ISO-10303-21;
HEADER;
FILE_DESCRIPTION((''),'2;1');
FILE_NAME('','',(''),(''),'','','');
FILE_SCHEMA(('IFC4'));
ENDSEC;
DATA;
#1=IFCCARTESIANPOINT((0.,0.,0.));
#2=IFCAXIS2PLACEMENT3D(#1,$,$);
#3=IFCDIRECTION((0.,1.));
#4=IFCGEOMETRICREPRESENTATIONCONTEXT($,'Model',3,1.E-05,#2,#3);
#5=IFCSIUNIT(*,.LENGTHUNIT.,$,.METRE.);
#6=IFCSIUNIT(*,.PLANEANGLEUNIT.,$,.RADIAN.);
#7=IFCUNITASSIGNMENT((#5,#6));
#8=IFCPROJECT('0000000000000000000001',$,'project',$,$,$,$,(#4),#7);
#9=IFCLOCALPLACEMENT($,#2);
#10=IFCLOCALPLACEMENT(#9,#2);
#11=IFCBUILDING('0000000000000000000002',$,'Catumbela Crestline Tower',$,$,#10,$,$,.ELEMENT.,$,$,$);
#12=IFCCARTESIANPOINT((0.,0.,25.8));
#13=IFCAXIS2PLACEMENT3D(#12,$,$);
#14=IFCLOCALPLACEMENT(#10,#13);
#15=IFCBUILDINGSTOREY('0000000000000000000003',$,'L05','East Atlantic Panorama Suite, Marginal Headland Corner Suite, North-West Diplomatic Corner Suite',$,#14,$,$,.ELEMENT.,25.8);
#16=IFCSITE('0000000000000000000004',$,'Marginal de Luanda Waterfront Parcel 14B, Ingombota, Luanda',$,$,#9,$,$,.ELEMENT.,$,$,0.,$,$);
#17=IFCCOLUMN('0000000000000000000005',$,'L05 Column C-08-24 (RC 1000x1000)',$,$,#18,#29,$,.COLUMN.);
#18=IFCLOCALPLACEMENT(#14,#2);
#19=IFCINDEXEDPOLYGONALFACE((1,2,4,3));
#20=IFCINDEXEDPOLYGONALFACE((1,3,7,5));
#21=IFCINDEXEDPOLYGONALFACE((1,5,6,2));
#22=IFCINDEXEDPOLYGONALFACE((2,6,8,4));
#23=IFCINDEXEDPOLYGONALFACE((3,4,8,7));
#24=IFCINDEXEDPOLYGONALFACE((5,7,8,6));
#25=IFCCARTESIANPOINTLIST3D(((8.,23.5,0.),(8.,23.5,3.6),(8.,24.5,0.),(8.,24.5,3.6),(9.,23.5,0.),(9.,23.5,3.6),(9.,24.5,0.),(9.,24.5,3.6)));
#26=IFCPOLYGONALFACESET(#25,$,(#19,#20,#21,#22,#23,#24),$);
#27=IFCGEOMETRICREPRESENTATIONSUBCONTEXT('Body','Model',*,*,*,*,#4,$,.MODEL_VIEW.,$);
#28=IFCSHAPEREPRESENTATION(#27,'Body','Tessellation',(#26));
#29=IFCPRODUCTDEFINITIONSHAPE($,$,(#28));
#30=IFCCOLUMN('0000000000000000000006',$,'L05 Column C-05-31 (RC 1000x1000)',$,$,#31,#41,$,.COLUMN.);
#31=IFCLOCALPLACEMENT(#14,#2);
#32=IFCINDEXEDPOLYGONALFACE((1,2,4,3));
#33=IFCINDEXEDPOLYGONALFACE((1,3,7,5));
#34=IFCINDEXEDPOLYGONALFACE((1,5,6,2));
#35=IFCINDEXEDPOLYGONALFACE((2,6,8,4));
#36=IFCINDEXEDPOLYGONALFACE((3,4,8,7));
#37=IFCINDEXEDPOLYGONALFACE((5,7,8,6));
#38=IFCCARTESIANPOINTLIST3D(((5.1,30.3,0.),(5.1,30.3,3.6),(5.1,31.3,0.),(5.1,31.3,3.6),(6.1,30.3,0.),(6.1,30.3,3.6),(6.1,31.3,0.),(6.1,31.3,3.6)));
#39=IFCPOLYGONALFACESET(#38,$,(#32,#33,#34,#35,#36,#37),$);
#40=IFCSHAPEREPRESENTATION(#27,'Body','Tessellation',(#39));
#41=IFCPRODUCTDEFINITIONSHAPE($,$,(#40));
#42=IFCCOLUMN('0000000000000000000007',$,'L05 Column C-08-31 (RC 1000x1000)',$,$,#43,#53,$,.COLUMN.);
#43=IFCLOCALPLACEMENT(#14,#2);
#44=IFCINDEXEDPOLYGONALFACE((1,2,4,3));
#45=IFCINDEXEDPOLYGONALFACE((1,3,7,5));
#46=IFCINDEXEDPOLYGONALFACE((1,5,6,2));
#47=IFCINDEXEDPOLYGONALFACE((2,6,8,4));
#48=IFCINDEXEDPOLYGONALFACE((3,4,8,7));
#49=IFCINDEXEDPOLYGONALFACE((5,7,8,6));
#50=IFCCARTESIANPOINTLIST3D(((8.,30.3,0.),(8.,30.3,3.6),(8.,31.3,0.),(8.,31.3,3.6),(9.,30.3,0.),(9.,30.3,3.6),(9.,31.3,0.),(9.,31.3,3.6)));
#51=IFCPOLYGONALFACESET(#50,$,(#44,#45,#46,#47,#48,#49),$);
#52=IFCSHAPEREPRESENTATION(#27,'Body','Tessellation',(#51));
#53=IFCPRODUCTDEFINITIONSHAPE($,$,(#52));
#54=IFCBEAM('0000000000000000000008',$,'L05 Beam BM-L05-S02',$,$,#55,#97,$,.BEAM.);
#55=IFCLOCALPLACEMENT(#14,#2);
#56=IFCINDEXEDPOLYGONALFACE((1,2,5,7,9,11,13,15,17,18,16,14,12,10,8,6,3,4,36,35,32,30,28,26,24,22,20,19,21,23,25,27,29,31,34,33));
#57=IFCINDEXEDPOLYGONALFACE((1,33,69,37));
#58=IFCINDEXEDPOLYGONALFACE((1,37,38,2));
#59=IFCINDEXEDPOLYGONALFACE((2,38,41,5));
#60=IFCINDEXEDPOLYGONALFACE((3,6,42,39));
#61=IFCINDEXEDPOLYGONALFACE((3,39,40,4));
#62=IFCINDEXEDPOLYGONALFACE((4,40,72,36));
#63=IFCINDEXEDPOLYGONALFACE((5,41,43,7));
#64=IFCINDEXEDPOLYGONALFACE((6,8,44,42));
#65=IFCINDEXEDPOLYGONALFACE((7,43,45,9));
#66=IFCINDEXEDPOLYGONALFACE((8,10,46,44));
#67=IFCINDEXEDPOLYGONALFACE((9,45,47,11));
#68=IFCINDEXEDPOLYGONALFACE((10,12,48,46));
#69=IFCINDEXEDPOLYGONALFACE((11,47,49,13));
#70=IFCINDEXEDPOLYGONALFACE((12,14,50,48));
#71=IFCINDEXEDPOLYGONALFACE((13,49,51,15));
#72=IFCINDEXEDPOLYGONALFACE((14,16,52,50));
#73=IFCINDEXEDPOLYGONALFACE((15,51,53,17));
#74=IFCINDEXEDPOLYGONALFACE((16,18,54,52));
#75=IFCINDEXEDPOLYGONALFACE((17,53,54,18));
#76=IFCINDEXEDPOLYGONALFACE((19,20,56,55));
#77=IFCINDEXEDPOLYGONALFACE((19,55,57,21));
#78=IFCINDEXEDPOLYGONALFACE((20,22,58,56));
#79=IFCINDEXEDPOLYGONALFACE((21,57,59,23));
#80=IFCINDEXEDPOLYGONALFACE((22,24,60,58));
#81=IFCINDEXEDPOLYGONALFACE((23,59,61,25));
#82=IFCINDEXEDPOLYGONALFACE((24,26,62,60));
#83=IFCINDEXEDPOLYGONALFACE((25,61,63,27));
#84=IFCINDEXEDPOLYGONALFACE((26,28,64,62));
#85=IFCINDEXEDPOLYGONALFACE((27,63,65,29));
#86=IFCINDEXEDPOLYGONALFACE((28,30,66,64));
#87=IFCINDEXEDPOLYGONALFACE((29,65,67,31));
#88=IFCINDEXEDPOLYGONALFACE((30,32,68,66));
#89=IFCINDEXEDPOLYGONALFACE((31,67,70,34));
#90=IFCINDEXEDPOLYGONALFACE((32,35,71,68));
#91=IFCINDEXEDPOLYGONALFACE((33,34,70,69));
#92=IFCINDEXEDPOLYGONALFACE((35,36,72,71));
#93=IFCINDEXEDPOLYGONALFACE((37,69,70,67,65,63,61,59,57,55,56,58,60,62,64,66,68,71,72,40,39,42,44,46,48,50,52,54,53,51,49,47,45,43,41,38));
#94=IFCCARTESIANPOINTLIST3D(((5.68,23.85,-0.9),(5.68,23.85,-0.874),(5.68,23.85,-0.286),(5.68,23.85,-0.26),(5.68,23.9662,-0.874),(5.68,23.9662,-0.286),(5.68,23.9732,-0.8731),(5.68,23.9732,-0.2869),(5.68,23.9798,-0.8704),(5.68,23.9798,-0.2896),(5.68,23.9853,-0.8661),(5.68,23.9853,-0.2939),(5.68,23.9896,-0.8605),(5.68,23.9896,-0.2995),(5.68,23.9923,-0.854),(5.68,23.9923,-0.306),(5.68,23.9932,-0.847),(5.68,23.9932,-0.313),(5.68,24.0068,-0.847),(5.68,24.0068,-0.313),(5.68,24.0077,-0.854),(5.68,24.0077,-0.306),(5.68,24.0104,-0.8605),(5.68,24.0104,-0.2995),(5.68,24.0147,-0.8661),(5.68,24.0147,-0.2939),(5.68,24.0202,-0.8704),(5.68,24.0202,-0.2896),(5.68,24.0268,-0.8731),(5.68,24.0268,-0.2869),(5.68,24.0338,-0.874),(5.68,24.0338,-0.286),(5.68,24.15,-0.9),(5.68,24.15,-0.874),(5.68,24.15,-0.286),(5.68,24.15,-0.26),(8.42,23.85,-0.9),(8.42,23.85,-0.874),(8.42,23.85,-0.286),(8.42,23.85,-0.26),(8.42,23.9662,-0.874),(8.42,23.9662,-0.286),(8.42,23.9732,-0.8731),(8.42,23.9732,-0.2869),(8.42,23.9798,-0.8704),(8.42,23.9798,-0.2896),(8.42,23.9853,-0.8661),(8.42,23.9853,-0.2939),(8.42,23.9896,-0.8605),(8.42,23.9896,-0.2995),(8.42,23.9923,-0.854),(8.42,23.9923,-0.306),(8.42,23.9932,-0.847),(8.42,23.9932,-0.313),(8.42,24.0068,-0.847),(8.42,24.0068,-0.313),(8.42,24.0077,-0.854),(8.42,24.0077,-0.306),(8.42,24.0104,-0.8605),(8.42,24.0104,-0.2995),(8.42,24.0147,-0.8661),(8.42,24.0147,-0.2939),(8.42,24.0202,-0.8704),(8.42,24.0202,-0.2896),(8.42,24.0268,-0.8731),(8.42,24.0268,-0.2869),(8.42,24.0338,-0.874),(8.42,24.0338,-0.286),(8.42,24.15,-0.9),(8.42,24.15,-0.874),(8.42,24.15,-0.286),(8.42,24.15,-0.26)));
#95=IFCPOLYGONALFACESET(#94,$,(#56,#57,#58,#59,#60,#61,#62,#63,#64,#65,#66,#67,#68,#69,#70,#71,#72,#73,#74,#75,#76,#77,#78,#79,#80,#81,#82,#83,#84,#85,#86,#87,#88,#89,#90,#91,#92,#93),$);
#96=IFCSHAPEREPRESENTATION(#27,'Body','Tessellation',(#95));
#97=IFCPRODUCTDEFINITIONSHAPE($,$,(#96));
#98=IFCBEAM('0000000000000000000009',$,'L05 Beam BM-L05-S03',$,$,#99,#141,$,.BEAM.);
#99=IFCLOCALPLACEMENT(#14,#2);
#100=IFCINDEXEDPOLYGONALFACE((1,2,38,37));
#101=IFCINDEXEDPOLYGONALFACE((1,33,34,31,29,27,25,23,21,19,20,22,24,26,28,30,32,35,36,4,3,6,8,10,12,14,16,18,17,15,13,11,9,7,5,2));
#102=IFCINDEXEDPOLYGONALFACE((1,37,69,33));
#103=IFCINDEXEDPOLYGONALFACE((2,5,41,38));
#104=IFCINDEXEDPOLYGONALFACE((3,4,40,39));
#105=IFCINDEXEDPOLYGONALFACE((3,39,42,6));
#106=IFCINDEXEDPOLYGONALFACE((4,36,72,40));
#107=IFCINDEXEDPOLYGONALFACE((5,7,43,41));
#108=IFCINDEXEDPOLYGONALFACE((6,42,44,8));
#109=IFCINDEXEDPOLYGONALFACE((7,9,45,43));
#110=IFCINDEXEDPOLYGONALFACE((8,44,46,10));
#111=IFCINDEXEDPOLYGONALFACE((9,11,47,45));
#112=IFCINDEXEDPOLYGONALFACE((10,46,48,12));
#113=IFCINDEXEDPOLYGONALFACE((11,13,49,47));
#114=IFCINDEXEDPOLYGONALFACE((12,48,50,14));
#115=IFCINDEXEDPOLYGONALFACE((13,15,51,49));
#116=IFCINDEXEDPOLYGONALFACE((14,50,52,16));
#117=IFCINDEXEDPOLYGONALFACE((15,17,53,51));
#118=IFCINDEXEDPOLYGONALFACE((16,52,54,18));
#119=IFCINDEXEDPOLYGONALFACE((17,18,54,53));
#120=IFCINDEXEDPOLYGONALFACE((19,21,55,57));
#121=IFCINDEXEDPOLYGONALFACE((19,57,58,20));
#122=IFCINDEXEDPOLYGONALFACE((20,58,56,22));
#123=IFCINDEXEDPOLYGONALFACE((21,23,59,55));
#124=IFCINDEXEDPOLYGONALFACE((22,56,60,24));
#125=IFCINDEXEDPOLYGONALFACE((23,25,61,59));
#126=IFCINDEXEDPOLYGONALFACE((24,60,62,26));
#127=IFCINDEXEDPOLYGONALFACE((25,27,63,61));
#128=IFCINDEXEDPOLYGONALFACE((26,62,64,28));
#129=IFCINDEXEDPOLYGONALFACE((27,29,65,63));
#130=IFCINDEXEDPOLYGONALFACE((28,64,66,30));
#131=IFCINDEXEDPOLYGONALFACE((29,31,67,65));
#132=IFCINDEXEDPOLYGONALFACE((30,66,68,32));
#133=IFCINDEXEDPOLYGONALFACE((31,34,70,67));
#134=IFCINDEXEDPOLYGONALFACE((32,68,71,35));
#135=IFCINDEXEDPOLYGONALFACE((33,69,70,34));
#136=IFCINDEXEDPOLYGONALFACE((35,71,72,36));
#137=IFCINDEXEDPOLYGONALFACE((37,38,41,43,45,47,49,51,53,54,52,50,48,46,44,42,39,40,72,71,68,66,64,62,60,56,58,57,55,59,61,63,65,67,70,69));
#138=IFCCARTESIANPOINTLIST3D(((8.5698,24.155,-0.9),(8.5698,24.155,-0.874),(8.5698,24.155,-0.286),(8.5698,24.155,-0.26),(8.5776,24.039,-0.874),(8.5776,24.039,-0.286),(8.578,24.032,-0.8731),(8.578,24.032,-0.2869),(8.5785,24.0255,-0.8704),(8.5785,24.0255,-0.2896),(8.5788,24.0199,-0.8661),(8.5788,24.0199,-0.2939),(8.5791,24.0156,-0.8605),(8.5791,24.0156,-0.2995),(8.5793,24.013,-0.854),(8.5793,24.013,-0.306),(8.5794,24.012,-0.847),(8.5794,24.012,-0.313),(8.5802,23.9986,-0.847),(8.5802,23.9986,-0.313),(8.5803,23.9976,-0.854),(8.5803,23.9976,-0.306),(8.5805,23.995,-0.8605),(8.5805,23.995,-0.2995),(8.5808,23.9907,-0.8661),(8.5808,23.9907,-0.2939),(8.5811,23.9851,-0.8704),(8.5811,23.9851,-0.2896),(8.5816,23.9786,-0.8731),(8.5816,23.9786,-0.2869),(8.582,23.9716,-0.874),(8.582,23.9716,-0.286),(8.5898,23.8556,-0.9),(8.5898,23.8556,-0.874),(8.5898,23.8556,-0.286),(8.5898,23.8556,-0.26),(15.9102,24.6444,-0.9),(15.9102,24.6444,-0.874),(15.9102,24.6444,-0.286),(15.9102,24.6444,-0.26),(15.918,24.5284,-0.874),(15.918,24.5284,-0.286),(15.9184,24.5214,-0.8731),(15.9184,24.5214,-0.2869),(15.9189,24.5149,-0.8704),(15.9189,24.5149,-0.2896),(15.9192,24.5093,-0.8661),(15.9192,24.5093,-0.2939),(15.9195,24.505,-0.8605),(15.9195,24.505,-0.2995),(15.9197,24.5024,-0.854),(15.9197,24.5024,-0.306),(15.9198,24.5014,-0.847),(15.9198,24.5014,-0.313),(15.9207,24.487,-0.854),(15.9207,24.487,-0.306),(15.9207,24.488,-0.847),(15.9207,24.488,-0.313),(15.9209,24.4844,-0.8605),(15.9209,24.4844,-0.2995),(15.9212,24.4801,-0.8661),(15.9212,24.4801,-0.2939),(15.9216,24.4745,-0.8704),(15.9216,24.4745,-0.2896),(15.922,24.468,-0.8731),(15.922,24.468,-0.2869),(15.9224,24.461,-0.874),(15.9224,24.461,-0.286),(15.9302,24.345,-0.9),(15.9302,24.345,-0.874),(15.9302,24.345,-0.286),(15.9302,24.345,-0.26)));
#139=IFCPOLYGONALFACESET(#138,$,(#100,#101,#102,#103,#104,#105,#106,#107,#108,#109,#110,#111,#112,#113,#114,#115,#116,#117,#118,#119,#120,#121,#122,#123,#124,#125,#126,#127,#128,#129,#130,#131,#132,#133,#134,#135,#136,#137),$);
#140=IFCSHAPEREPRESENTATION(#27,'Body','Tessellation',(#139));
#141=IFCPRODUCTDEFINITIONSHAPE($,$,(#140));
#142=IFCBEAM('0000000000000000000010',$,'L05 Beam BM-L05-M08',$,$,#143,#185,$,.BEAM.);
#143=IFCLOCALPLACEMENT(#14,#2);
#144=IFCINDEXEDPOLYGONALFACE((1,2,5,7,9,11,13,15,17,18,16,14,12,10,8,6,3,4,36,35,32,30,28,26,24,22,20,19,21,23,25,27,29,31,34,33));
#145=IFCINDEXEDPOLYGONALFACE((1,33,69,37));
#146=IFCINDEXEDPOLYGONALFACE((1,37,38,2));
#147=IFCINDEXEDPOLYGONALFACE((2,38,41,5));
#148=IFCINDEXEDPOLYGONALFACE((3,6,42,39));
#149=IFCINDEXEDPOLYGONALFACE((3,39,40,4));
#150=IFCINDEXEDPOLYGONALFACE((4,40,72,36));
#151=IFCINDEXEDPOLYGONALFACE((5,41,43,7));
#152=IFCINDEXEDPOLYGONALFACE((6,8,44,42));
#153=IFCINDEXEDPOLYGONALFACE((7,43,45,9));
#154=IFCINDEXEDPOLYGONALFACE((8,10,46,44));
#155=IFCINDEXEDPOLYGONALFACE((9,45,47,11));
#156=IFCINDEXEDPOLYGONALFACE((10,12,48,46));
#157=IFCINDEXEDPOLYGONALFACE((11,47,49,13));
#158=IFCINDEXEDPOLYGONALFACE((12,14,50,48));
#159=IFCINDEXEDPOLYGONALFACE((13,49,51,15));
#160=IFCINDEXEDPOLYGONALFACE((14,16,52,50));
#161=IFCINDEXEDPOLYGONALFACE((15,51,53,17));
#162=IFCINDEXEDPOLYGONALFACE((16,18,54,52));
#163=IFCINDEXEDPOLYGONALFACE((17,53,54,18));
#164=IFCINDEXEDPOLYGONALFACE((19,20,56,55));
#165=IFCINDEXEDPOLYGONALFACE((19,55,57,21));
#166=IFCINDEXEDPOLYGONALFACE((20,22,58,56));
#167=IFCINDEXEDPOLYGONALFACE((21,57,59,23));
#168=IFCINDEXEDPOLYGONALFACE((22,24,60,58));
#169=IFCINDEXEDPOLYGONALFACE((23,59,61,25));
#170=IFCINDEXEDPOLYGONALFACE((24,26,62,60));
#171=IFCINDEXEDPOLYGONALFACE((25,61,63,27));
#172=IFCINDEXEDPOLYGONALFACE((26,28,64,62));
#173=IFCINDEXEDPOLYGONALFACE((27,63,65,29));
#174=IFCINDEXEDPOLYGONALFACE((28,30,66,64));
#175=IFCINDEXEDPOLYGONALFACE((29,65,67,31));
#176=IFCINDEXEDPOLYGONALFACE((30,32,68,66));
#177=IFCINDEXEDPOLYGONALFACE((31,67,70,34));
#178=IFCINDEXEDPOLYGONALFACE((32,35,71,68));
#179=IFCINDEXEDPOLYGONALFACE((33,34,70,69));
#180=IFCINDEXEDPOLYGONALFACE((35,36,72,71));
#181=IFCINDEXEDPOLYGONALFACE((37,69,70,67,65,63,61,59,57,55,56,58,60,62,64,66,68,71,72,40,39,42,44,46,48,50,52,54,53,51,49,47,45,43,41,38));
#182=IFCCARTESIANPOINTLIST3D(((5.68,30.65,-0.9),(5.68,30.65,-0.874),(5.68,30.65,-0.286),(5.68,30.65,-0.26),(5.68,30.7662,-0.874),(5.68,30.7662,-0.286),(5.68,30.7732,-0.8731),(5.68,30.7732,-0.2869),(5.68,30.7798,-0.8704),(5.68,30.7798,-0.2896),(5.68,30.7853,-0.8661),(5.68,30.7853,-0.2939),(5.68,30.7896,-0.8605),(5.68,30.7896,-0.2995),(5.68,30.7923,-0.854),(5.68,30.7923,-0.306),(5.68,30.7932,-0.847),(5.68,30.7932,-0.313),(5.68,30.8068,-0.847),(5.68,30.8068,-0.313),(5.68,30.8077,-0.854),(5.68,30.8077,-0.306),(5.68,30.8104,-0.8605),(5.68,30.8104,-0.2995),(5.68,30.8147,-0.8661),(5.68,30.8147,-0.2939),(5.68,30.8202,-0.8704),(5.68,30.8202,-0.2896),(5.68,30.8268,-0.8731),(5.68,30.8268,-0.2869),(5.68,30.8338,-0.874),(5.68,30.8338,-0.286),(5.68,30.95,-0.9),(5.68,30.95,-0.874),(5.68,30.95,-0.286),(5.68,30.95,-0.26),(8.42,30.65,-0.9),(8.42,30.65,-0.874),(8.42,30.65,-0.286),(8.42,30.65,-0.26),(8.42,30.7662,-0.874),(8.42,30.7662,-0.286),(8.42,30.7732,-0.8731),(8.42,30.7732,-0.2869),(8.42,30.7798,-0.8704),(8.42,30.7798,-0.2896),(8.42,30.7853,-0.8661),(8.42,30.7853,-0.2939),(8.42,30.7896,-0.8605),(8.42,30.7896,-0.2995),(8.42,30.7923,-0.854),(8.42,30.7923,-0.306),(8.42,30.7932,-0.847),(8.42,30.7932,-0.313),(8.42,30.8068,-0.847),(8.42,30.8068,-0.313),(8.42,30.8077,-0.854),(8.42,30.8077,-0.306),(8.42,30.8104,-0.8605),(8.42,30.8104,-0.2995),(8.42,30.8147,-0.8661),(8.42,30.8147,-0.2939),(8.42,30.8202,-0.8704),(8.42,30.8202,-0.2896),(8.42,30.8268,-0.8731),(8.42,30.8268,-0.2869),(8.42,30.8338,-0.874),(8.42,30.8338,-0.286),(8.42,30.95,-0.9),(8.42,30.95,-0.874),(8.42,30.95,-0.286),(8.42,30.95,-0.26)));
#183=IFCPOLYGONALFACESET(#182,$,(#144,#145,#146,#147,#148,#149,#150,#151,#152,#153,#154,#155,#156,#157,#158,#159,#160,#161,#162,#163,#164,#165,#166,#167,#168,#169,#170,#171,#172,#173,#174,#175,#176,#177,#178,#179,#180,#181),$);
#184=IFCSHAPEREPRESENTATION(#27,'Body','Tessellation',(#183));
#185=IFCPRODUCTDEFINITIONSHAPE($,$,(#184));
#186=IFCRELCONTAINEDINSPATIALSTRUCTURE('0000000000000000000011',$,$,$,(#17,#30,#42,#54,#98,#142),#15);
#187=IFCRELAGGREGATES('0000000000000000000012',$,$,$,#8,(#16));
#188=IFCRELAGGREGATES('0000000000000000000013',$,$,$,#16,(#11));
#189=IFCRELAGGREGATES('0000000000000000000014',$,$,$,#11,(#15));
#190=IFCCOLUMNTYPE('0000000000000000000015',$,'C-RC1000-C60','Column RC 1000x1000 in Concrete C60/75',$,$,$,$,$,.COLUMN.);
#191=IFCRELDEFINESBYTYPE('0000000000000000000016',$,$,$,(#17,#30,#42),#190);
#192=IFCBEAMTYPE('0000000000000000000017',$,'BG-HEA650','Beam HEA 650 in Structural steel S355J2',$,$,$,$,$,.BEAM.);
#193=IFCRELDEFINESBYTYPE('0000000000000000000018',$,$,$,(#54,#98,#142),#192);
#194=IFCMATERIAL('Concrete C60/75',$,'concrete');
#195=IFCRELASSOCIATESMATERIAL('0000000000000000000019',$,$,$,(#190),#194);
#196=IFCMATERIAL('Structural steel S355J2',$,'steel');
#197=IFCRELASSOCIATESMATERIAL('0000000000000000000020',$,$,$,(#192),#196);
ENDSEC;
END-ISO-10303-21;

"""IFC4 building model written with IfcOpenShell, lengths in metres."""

from ifc_helpers import new_model, si_unit, direction, frame, origin, origin_2d, place, context, subcontext, project, spatial, rectangle, i_section, extrude, material, material_profile, profile_set, type_object, element, save


model = new_model("IFC4")

# Units and contexts
model_context = context("Model", 3, precision=1e-05, world=origin(), true_north=direction((0.0, 1.0)))
body_context = subcontext(model_context, "Body", "Model", "MODEL_VIEW")
ifc_project = project(units=[si_unit("LENGTHUNIT", "METRE"), si_unit("PLANEANGLEUNIT", "RADIAN")], contexts=[model_context])

# Site, building, storey
site_placement = place(None, origin())
site = spatial("IfcSite", under=ifc_project, at=site_placement, Name="Marginal de Luanda Waterfront Parcel 14B, Ingombota, Luanda", CompositionType="ELEMENT", RefElevation=0.0)
building_placement = place(site_placement, origin())
building = spatial("IfcBuilding", under=site, at=building_placement, Name="Catumbela Crestline Tower", CompositionType="ELEMENT")
storey_placement = place(building_placement, frame((0.0, 0.0, 25.8)))
storey = spatial("IfcBuildingStorey", under=building, at=storey_placement, Name="L05", Description="East Atlantic Panorama Suite, Marginal Headland Corner Suite, North-West Diplomatic Corner Suite", CompositionType="ELEMENT", Elevation=25.8)

# Columns
ifc_material_1 = material(Name="Concrete C60/75", Category="concrete")
ifc_material_profile_1 = material_profile(ifc_material_1, rectangle(XDim=1.0, YDim=1.0, at=origin_2d()), Name="RC 1000x1000")
ifc_profile_set_1 = profile_set([ifc_material_profile_1], Name="Concrete C60/75")
column_type = type_object("IfcColumnType", Name="C-RC1000-C60", Description="Column RC 1000x1000 in Concrete C60/75", PredefinedType="COLUMN", material=ifc_profile_set_1)
for number, where, z_axis, x_axis, name in (
    (1, (8.5, 24.0, 0.0), (0.0, 0.0, 1.0), (1.0, 0.0, 0.0), "L05 Column C-08-24 (RC 1000x1000)"),
    (2, (5.6, 30.8, 0.0), (0.0, 0.0, 1.0), (1.0, 0.0, 0.0), "L05 Column C-05-31 (RC 1000x1000)"),
    (3, (8.5, 30.8, 0.0), (0.0, 0.0, 1.0), (1.0, 0.0, 0.0), "L05 Column C-08-31 (RC 1000x1000)"),
):
    element("IfcColumn", number, at=place(storey_placement, frame(where, z_axis=z_axis, x_axis=x_axis)), inside=storey, type_object=column_type, Name=name, PredefinedType="COLUMN", context=body_context, shape_type="SweptSolid", body=[
        extrude(rectangle(XDim=1.0, YDim=1.0, at=origin_2d()), origin(), (0.0, 0.0, 1.0), 3.6),
    ])

# Beams
ifc_material_2 = material(Name="Structural steel S355J2", Category="steel")
ifc_material_profile_2 = material_profile(ifc_material_2, i_section(OverallWidth=0.3, OverallDepth=0.64, WebThickness=0.0135, FlangeThickness=0.026, FilletRadius=0.027, at=origin_2d()), Name="HEA 650")
ifc_profile_set_2 = profile_set([ifc_material_profile_2], Name="Structural steel S355J2")
beam_type = type_object("IfcBeamType", Name="BG-HEA650", Description="Beam HEA 650 in Structural steel S355J2", PredefinedType="BEAM", material=ifc_profile_set_2)
beam_1_placement = place(storey_placement, frame((5.68, 24.0, -0.58), z_axis=(1.0, 0.0, 0.0), x_axis=(0.0, 1.0, 0.0)))
element("IfcBeam", 4, at=beam_1_placement, inside=storey, type_object=beam_type, Name="L05 Beam BM-L05-S02", PredefinedType="BEAM", context=body_context, shape_type="SweptSolid", body=[
    extrude(i_section(OverallWidth=0.3, OverallDepth=0.64, WebThickness=0.0135, FlangeThickness=0.026, FilletRadius=0.027, at=origin_2d()), origin(), (0.0, 0.0, 1.0), 2.74),
])
beam_2_placement = place(storey_placement, frame((8.5798, 24.0053, -0.58), z_axis=(0.997785, 0.066524, 0.0), x_axis=(-0.066524, 0.997785, 0.0)))
element("IfcBeam", 5, at=beam_2_placement, inside=storey, type_object=beam_type, Name="L05 Beam BM-L05-S03", PredefinedType="BEAM", context=body_context, shape_type="SweptSolid", body=[
    extrude(i_section(OverallWidth=0.3, OverallDepth=0.64, WebThickness=0.0135, FlangeThickness=0.026, FilletRadius=0.027, at=origin_2d()), origin(), (0.0, 0.0, 1.0), 7.3567),
])
beam_3_placement = place(storey_placement, frame((5.68, 30.8, -0.58), z_axis=(1.0, 0.0, 0.0), x_axis=(0.0, 1.0, 0.0)))
element("IfcBeam", 6, at=beam_3_placement, inside=storey, type_object=beam_type, Name="L05 Beam BM-L05-M08", PredefinedType="BEAM", context=body_context, shape_type="SweptSolid", body=[
    extrude(i_section(OverallWidth=0.3, OverallDepth=0.64, WebThickness=0.0135, FlangeThickness=0.026, FilletRadius=0.027, at=origin_2d()), origin(), (0.0, 0.0, 1.0), 2.74),
])

save(model, "model.ifc")
